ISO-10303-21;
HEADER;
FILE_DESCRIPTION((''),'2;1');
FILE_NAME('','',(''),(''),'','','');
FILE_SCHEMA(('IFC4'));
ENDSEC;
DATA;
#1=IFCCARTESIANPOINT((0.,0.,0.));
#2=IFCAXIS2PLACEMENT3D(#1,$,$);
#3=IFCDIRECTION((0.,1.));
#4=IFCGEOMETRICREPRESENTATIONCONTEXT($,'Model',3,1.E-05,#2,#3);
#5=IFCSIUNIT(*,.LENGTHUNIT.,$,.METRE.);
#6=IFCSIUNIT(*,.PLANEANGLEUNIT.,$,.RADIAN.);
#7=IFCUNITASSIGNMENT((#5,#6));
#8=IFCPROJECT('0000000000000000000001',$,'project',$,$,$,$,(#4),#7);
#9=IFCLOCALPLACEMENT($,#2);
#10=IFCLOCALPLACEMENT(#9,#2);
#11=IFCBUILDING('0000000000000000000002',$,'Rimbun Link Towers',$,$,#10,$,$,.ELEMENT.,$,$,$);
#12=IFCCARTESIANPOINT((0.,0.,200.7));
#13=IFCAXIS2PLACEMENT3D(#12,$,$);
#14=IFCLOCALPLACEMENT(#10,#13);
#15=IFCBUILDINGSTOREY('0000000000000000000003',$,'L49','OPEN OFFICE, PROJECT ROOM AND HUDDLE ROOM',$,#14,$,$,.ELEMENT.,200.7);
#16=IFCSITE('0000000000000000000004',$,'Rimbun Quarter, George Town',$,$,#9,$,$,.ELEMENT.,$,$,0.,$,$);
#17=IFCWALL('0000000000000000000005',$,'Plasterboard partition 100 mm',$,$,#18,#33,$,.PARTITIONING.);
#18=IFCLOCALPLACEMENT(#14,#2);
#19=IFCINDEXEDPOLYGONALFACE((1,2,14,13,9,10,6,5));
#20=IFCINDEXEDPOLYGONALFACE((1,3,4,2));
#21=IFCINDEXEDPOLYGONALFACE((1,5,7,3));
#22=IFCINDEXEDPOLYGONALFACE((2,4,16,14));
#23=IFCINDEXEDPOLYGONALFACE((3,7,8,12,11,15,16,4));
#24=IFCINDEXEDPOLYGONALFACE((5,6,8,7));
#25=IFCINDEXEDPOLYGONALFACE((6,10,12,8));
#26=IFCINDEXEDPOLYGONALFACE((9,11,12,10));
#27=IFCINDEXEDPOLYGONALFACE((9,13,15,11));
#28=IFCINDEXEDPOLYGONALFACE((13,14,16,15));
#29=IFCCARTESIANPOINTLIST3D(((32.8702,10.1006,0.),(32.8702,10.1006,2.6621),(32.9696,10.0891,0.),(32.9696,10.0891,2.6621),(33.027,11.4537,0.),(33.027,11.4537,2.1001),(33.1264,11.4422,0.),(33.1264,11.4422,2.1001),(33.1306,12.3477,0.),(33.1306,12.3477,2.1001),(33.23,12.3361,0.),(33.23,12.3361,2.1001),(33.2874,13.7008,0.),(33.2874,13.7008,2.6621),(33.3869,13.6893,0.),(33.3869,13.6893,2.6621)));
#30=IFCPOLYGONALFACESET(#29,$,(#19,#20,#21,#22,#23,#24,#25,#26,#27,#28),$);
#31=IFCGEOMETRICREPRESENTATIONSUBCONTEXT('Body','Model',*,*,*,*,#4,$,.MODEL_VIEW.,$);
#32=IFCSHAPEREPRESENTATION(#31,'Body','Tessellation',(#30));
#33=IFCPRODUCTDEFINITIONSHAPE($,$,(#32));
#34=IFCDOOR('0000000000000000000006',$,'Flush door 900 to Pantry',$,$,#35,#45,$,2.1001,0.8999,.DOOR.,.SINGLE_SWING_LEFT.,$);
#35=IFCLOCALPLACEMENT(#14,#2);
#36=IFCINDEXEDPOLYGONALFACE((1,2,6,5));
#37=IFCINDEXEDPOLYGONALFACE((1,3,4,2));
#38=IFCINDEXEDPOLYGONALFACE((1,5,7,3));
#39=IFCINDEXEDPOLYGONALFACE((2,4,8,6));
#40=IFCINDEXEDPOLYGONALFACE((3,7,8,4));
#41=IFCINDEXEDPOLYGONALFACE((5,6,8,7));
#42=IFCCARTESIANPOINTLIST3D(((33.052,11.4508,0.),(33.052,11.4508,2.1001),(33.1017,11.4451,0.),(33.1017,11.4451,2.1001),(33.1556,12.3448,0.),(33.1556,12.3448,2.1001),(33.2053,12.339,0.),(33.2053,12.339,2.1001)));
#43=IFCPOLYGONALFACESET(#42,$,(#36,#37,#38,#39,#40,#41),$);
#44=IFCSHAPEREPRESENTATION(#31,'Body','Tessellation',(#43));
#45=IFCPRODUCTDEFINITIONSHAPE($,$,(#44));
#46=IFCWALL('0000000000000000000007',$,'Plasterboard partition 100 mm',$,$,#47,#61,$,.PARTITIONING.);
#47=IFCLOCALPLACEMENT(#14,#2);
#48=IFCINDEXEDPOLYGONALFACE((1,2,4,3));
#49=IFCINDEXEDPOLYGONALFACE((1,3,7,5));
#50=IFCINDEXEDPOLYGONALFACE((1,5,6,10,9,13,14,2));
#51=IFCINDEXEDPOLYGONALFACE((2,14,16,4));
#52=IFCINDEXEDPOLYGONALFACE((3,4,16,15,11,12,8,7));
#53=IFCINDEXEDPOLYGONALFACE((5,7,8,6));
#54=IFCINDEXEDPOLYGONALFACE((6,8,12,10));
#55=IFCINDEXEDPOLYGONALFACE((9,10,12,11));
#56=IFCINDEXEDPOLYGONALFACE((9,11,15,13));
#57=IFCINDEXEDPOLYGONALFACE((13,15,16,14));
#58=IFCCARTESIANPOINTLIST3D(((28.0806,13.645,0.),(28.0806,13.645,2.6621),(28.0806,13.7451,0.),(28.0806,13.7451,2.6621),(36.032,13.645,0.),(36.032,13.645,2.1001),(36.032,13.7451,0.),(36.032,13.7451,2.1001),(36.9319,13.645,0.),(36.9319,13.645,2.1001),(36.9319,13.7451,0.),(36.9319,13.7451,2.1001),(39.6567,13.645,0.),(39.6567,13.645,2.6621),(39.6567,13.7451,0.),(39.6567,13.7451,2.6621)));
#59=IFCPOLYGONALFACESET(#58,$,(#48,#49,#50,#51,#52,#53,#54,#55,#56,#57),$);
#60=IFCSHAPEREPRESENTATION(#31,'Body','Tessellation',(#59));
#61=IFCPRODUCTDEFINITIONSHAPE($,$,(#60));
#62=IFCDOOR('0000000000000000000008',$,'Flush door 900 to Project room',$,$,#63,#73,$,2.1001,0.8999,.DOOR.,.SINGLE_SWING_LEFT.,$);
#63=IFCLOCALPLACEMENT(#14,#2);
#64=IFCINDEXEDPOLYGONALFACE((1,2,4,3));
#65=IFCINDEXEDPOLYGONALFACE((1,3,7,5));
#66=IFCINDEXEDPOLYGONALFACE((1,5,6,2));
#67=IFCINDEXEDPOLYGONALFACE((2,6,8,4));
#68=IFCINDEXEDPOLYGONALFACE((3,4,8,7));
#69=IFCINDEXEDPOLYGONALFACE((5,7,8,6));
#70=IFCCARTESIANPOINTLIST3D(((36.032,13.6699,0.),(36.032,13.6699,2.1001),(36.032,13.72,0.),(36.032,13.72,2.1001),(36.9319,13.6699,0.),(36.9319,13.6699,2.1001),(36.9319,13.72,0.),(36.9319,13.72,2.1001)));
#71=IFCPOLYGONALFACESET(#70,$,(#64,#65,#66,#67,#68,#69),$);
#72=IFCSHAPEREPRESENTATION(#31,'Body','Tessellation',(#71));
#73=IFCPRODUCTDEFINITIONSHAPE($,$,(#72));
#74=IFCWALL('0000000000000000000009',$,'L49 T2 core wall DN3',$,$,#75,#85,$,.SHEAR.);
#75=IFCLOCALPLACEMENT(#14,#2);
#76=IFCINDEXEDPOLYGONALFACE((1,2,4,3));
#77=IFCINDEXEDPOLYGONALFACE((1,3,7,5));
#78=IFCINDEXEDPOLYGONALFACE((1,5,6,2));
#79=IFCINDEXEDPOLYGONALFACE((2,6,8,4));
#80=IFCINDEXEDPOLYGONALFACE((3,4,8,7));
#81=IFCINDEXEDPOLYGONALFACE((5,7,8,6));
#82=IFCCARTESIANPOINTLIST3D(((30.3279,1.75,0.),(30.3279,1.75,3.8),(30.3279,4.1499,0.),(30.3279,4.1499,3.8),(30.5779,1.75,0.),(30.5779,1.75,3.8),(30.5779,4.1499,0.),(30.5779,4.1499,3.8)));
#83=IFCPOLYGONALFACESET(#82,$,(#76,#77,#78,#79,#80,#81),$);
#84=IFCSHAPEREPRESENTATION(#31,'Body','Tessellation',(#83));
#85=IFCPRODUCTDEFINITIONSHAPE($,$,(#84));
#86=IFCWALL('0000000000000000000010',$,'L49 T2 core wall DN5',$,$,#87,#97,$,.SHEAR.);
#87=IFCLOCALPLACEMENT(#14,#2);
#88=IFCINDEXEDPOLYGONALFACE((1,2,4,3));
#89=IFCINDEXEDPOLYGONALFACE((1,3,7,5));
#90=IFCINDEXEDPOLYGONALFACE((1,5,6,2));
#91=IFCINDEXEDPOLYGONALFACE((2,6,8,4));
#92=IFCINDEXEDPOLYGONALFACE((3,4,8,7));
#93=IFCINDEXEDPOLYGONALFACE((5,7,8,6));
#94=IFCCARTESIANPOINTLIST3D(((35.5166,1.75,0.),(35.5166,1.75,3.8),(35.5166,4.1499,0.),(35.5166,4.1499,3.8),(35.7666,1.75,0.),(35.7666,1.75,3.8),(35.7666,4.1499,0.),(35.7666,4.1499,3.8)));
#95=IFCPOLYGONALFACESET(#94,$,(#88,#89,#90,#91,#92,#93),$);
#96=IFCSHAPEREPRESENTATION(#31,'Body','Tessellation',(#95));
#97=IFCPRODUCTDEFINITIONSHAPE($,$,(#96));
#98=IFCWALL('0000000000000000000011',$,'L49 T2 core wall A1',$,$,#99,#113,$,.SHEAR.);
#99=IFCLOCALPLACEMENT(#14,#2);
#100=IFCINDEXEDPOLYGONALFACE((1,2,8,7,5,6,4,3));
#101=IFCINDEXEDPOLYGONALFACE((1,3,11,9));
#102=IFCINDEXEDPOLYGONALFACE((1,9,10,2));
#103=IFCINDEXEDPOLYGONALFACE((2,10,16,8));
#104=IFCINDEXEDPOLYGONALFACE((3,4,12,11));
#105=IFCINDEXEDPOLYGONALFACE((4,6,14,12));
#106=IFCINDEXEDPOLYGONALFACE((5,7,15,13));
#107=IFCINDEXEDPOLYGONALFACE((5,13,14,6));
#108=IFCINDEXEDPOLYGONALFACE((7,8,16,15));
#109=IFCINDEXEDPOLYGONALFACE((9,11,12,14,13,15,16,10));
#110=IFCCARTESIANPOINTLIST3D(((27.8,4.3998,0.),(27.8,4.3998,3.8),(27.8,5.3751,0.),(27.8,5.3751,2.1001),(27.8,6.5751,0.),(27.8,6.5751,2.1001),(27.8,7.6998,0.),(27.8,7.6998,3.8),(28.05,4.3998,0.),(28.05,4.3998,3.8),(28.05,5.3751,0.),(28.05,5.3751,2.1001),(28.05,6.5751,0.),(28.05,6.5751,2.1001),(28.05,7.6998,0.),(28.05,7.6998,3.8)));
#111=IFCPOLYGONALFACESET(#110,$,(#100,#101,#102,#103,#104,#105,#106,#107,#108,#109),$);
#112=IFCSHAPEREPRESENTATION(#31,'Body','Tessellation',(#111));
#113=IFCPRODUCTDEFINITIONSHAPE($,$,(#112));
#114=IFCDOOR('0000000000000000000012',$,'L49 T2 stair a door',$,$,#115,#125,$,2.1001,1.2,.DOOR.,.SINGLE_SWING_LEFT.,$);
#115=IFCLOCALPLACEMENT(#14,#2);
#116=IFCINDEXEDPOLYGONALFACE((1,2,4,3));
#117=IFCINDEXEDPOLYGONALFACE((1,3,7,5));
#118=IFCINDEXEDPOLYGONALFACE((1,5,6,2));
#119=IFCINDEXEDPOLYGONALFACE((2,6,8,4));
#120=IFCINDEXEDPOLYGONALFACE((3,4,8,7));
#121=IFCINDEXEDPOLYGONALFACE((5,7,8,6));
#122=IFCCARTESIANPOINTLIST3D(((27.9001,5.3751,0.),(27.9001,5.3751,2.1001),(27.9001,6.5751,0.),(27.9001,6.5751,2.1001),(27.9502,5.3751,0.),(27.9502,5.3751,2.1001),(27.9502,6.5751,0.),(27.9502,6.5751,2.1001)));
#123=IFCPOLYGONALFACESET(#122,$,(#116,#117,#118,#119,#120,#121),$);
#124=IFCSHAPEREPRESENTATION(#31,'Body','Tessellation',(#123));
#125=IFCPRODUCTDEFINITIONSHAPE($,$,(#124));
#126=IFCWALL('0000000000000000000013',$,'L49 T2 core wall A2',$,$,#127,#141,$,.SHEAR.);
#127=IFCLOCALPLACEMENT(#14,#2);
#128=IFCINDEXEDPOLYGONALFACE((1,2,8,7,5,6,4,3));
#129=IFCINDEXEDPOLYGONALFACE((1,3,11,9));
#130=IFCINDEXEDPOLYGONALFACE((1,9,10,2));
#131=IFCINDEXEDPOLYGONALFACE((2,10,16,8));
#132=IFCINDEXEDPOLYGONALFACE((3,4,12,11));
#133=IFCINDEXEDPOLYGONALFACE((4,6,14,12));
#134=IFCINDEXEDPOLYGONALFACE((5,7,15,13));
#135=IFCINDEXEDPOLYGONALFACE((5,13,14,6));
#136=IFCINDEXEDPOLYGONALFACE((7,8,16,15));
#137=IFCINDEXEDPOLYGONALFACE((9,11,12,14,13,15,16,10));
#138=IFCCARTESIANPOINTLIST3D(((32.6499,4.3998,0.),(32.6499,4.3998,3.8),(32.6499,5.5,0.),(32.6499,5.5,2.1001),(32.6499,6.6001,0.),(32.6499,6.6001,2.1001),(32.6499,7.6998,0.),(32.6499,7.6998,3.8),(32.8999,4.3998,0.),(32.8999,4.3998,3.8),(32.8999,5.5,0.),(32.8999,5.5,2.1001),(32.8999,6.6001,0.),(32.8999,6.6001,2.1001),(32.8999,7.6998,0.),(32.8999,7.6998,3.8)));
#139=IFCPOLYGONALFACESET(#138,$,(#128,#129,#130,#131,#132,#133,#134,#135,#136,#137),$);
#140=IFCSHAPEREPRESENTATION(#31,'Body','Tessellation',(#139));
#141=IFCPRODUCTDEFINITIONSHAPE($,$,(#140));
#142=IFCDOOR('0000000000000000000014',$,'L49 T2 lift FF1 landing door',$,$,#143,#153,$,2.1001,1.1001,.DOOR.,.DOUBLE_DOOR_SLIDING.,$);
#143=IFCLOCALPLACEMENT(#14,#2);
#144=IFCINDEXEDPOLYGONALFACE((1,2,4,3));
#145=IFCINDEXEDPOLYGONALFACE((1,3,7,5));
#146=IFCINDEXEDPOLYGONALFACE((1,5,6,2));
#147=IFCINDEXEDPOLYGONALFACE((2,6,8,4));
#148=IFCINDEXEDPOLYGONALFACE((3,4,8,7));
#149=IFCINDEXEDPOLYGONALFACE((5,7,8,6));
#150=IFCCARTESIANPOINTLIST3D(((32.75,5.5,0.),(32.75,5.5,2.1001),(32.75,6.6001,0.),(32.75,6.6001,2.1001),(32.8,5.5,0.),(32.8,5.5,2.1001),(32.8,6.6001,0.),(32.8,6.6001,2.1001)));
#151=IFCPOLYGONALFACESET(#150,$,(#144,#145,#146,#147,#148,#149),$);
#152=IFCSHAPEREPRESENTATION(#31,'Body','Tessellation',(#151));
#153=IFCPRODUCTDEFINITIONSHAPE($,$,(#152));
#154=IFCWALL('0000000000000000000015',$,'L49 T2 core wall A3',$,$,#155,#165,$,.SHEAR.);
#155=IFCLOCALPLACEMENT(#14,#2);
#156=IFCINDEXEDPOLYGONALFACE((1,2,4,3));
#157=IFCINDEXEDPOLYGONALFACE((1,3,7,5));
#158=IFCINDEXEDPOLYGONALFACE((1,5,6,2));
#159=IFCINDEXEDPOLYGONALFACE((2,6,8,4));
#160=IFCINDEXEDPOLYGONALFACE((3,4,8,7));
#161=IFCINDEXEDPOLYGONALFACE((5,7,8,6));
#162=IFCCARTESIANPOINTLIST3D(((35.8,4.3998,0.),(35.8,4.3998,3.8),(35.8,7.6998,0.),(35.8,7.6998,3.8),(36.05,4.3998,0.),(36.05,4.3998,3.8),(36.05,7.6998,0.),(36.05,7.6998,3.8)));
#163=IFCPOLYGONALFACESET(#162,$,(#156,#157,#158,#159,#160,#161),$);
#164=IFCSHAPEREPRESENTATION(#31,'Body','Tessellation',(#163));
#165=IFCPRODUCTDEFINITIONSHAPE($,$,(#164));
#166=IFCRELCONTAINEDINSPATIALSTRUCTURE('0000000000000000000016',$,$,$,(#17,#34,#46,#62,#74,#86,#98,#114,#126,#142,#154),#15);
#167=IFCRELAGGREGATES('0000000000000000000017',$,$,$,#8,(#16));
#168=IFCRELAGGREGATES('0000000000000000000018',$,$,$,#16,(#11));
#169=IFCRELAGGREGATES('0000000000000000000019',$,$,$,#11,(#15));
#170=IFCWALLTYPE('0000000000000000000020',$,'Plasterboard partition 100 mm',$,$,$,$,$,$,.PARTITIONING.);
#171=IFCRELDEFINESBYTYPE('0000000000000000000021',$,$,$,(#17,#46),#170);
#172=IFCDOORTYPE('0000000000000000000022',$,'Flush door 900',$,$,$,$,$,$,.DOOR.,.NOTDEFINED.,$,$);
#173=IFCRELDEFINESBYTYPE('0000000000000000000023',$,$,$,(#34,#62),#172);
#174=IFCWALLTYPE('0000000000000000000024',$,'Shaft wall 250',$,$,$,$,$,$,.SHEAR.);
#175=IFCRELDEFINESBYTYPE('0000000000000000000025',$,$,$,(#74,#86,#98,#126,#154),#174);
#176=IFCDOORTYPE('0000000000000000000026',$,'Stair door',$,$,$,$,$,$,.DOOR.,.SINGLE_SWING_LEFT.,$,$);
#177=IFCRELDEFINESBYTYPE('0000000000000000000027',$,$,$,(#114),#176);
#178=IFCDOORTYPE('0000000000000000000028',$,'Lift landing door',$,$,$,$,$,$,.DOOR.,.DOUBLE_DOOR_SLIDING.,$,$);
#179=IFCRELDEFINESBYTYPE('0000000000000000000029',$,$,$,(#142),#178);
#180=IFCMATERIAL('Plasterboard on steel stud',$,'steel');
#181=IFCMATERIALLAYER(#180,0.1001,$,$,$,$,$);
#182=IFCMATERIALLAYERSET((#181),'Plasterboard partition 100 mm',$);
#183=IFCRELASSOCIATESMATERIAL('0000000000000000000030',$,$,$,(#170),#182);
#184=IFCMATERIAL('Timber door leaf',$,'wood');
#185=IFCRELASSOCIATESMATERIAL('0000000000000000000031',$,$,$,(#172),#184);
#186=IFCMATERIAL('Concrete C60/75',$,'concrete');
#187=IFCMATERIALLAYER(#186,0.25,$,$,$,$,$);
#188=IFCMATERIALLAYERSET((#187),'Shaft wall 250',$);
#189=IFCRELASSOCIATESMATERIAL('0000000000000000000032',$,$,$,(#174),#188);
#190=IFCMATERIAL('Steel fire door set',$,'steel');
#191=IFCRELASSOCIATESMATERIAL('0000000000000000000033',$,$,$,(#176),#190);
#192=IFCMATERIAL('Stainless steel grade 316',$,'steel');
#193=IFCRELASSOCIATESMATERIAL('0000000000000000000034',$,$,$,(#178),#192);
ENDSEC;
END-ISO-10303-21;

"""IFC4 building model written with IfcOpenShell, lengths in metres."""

from ifc_helpers import new_model, si_unit, direction, frame, frame_2d, origin, place, context, subcontext, project, spatial, rectangle, extrude, material, layer, layer_set, type_object, element, fill, save


model = new_model("IFC4")

# Units and contexts
model_context = context("Model", 3, precision=1e-05, world=origin(), true_north=direction((0.0, 1.0)))
body_context = subcontext(model_context, "Body", "Model", "MODEL_VIEW")
ifc_project = project(units=[si_unit("LENGTHUNIT", "METRE"), si_unit("PLANEANGLEUNIT", "RADIAN")], contexts=[model_context])

# Site, building, storey
site_placement = place(None, origin())
site = spatial("IfcSite", under=ifc_project, at=site_placement, Name="Rimbun Quarter, George Town", CompositionType="ELEMENT", RefElevation=0.0)
building_placement = place(site_placement, origin())
building = spatial("IfcBuilding", under=site, at=building_placement, Name="Rimbun Link Towers", CompositionType="ELEMENT")
storey_placement = place(building_placement, frame((0.0, 0.0, 200.7)))
storey = spatial("IfcBuildingStorey", under=building, at=storey_placement, Name="L49", Description="OPEN OFFICE, PROJECT ROOM AND HUDDLE ROOM", CompositionType="ELEMENT", Elevation=200.7)

# Walls, openings, doors
ifc_material_1 = material(Name="Plasterboard on steel stud", Category="steel")
ifc_layer_1 = layer(ifc_material_1, 0.1001)
ifc_layer_set_1 = layer_set([ifc_layer_1], Name="Plasterboard partition 100 mm")
wall_type_1 = type_object("IfcWallType", Name="Plasterboard partition 100 mm", PredefinedType="PARTITIONING", material=ifc_layer_set_1)
ifc_material_2 = material(Name="Timber door leaf", Category="wood")
door_type_1 = type_object("IfcDoorType", Name="Flush door 900", OperationType="NOTDEFINED", PredefinedType="DOOR", material=ifc_material_2)
wall_1_placement = place(storey_placement, frame((32.9199, 10.095, 0.0), z_axis=(0.0, 0.0, 1.0), x_axis=(0.115125, 0.993351, 0.0)))
wall_1 = element("IfcWall", 1, at=wall_1_placement, inside=storey, type_object=wall_type_1, Name="Plasterboard partition 100 mm", PredefinedType="PARTITIONING", context=body_context, shape_type="SweptSolid", body=[
    extrude(rectangle(XDim=3.6243, YDim=0.1001, at=frame_2d((1.812, 0.0))), origin(), (0.0, 0.0, 1.0), 2.6621),
])
opening_1_placement = place(wall_1_placement, frame((1.3621, 0.0, 0.0)))
opening_1 = element("IfcOpeningElement", 2, at=opening_1_placement, cuts=wall_1, PredefinedType="OPENING", context=body_context, shape_type="SweptSolid", body=[
    extrude(rectangle(XDim=0.8999, YDim=2.1001, at=frame_2d((0.45, 1.05))), frame((0.0, 0.0601, 0.0), z_axis=(0.0, -1.0, 0.0), x_axis=(1.0, 0.0, 0.0)), (0.0, 0.0, 1.0), 0.1201),
])
door_1_placement = place(opening_1_placement, origin())
door_1 = element("IfcDoor", 3, at=door_1_placement, inside=storey, type_object=door_type_1, Name="Flush door 900 to Pantry", OperationType="SINGLE_SWING_LEFT", OverallHeight=2.1001, OverallWidth=0.8999, PredefinedType="DOOR", context=body_context, shape_type="SweptSolid", body=[
    extrude(rectangle(XDim=0.8999, YDim=2.1001, at=frame_2d((0.45, 1.05))), frame((0.0, 0.0249, 0.0), z_axis=(0.0, -1.0, 0.0), x_axis=(1.0, 0.0, 0.0)), (0.0, 0.0, 1.0), 0.05),
])
fill(opening_1, door_1)
wall_2_placement = place(storey_placement, frame((28.0806, 13.6951, 0.0), z_axis=(0.0, 0.0, 1.0), x_axis=(1.0, 0.0, 0.0)))
wall_2 = element("IfcWall", 4, at=wall_2_placement, inside=storey, type_object=wall_type_1, Name="Plasterboard partition 100 mm", PredefinedType="PARTITIONING", context=body_context, shape_type="SweptSolid", body=[
    extrude(rectangle(XDim=11.5762, YDim=0.1001, at=frame_2d((5.7881, 0.0))), origin(), (0.0, 0.0, 1.0), 2.6621),
])
opening_2_placement = place(wall_2_placement, frame((7.9514, 0.0, 0.0)))
opening_2 = element("IfcOpeningElement", 5, at=opening_2_placement, cuts=wall_2, PredefinedType="OPENING", context=body_context, shape_type="SweptSolid", body=[
    extrude(rectangle(XDim=0.8999, YDim=2.1001, at=frame_2d((0.45, 1.05))), frame((0.0, 0.0601, 0.0), z_axis=(0.0, -1.0, 0.0), x_axis=(1.0, 0.0, 0.0)), (0.0, 0.0, 1.0), 0.1201),
])
door_2_placement = place(opening_2_placement, origin())
door_2 = element("IfcDoor", 6, at=door_2_placement, inside=storey, type_object=door_type_1, Name="Flush door 900 to Project room", OperationType="SINGLE_SWING_LEFT", OverallHeight=2.1001, OverallWidth=0.8999, PredefinedType="DOOR", context=body_context, shape_type="SweptSolid", body=[
    extrude(rectangle(XDim=0.8999, YDim=2.1001, at=frame_2d((0.45, 1.05))), frame((0.0, 0.0249, 0.0), z_axis=(0.0, -1.0, 0.0), x_axis=(1.0, 0.0, 0.0)), (0.0, 0.0, 1.0), 0.05),
])
fill(opening_2, door_2)

# Walls
ifc_material_3 = material(Name="Concrete C60/75", Category="concrete")
ifc_layer_2 = layer(ifc_material_3, 0.25)
ifc_layer_set_2 = layer_set([ifc_layer_2], Name="Shaft wall 250")
wall_type_2 = type_object("IfcWallType", Name="Shaft wall 250", PredefinedType="SHEAR", material=ifc_layer_set_2)
for number, where, z_axis, x_axis, name in (
    (7, (30.4529, 1.75, 0.0), (0.0, 0.0, 1.0), (0.0, 1.0, 0.0), "L49 T2 core wall DN3"),
    (8, (35.6416, 1.75, 0.0), (0.0, 0.0, 1.0), (0.0, 1.0, 0.0), "L49 T2 core wall DN5"),
):
    element("IfcWall", number, at=place(storey_placement, frame(where, z_axis=z_axis, x_axis=x_axis)), inside=storey, type_object=wall_type_2, Name=name, PredefinedType="SHEAR", context=body_context, shape_type="SweptSolid", body=[
        extrude(rectangle(XDim=2.3999, YDim=0.25, at=frame_2d((1.2, 0.0))), origin(), (0.0, 0.0, 1.0), 3.8),
    ])

# Walls, openings, doors
wall_3_placement = place(storey_placement, frame((27.925, 4.3999, 0.0), z_axis=(0.0, 0.0, 1.0), x_axis=(0.0, 1.0, 0.0)))
wall_3 = element("IfcWall", 9, at=wall_3_placement, inside=storey, type_object=wall_type_2, Name="L49 T2 core wall A1", PredefinedType="SHEAR", context=body_context, shape_type="SweptSolid", body=[
    extrude(rectangle(XDim=3.3, YDim=0.25, at=frame_2d((1.6499, 0.0))), origin(), (0.0, 0.0, 1.0), 3.8),
])
opening_3_placement = place(wall_3_placement, frame((0.9751, 0.0, 0.0)))
opening_3 = element("IfcOpeningElement", 10, at=opening_3_placement, cuts=wall_3, PredefinedType="OPENING", context=body_context, shape_type="SweptSolid", body=[
    extrude(rectangle(XDim=1.2, YDim=2.1001, at=frame_2d((0.6001, 1.05))), frame((0.0, 0.135, 0.0), z_axis=(0.0, -1.0, 0.0), x_axis=(1.0, 0.0, 0.0)), (0.0, 0.0, 1.0), 0.27),
])
ifc_material_4 = material(Name="Steel fire door set", Category="steel")
door_type_2 = type_object("IfcDoorType", Name="Stair door", OperationType="SINGLE_SWING_LEFT", PredefinedType="DOOR", material=ifc_material_4)
door_3_placement = place(opening_3_placement, origin())
door_3 = element("IfcDoor", 11, at=door_3_placement, inside=storey, type_object=door_type_2, Name="L49 T2 stair a door", OperationType="SINGLE_SWING_LEFT", OverallHeight=2.1001, OverallWidth=1.2, PredefinedType="DOOR", context=body_context, shape_type="SweptSolid", body=[
    extrude(rectangle(XDim=1.2, YDim=2.1001, at=frame_2d((0.6001, 1.05))), frame((0.0, 0.0249, 0.0), z_axis=(0.0, -1.0, 0.0), x_axis=(1.0, 0.0, 0.0)), (0.0, 0.0, 1.0), 0.05),
])
fill(opening_3, door_3)
wall_4_placement = place(storey_placement, frame((32.7749, 4.3999, 0.0), z_axis=(0.0, 0.0, 1.0), x_axis=(0.0, 1.0, 0.0)))
wall_4 = element("IfcWall", 12, at=wall_4_placement, inside=storey, type_object=wall_type_2, Name="L49 T2 core wall A2", PredefinedType="SHEAR", context=body_context, shape_type="SweptSolid", body=[
    extrude(rectangle(XDim=3.3, YDim=0.25, at=frame_2d((1.6499, 0.0))), origin(), (0.0, 0.0, 1.0), 3.8),
])
opening_4_placement = place(wall_4_placement, frame((1.1001, 0.0, 0.0)))
opening_4 = element("IfcOpeningElement", 13, at=opening_4_placement, cuts=wall_4, PredefinedType="OPENING", context=body_context, shape_type="SweptSolid", body=[
    extrude(rectangle(XDim=1.1001, YDim=2.1001, at=frame_2d((0.55, 1.05))), frame((0.0, 0.135, 0.0), z_axis=(0.0, -1.0, 0.0), x_axis=(1.0, 0.0, 0.0)), (0.0, 0.0, 1.0), 0.27),
])
ifc_material_5 = material(Name="Stainless steel grade 316", Category="steel")
door_type_3 = type_object("IfcDoorType", Name="Lift landing door", OperationType="DOUBLE_DOOR_SLIDING", PredefinedType="DOOR", material=ifc_material_5)
door_4_placement = place(opening_4_placement, origin())
door_4 = element("IfcDoor", 14, at=door_4_placement, inside=storey, type_object=door_type_3, Name="L49 T2 lift FF1 landing door", OperationType="DOUBLE_DOOR_SLIDING", OverallHeight=2.1001, OverallWidth=1.1001, PredefinedType="DOOR", context=body_context, shape_type="SweptSolid", body=[
    extrude(rectangle(XDim=1.1001, YDim=2.1001, at=frame_2d((0.55, 1.05))), frame((0.0, 0.0249, 0.0), z_axis=(0.0, -1.0, 0.0), x_axis=(1.0, 0.0, 0.0)), (0.0, 0.0, 1.0), 0.05),
])
fill(opening_4, door_4)

# Wall
wall_5_placement = place(storey_placement, frame((35.925, 4.3999, 0.0), z_axis=(0.0, 0.0, 1.0), x_axis=(0.0, 1.0, 0.0)))
element("IfcWall", 15, at=wall_5_placement, inside=storey, type_object=wall_type_2, Name="L49 T2 core wall A3", PredefinedType="SHEAR", context=body_context, shape_type="SweptSolid", body=[
    extrude(rectangle(XDim=3.3, YDim=0.25, at=frame_2d((1.6499, 0.0))), origin(), (0.0, 0.0, 1.0), 3.8),
])

save(model, "model.ifc")
